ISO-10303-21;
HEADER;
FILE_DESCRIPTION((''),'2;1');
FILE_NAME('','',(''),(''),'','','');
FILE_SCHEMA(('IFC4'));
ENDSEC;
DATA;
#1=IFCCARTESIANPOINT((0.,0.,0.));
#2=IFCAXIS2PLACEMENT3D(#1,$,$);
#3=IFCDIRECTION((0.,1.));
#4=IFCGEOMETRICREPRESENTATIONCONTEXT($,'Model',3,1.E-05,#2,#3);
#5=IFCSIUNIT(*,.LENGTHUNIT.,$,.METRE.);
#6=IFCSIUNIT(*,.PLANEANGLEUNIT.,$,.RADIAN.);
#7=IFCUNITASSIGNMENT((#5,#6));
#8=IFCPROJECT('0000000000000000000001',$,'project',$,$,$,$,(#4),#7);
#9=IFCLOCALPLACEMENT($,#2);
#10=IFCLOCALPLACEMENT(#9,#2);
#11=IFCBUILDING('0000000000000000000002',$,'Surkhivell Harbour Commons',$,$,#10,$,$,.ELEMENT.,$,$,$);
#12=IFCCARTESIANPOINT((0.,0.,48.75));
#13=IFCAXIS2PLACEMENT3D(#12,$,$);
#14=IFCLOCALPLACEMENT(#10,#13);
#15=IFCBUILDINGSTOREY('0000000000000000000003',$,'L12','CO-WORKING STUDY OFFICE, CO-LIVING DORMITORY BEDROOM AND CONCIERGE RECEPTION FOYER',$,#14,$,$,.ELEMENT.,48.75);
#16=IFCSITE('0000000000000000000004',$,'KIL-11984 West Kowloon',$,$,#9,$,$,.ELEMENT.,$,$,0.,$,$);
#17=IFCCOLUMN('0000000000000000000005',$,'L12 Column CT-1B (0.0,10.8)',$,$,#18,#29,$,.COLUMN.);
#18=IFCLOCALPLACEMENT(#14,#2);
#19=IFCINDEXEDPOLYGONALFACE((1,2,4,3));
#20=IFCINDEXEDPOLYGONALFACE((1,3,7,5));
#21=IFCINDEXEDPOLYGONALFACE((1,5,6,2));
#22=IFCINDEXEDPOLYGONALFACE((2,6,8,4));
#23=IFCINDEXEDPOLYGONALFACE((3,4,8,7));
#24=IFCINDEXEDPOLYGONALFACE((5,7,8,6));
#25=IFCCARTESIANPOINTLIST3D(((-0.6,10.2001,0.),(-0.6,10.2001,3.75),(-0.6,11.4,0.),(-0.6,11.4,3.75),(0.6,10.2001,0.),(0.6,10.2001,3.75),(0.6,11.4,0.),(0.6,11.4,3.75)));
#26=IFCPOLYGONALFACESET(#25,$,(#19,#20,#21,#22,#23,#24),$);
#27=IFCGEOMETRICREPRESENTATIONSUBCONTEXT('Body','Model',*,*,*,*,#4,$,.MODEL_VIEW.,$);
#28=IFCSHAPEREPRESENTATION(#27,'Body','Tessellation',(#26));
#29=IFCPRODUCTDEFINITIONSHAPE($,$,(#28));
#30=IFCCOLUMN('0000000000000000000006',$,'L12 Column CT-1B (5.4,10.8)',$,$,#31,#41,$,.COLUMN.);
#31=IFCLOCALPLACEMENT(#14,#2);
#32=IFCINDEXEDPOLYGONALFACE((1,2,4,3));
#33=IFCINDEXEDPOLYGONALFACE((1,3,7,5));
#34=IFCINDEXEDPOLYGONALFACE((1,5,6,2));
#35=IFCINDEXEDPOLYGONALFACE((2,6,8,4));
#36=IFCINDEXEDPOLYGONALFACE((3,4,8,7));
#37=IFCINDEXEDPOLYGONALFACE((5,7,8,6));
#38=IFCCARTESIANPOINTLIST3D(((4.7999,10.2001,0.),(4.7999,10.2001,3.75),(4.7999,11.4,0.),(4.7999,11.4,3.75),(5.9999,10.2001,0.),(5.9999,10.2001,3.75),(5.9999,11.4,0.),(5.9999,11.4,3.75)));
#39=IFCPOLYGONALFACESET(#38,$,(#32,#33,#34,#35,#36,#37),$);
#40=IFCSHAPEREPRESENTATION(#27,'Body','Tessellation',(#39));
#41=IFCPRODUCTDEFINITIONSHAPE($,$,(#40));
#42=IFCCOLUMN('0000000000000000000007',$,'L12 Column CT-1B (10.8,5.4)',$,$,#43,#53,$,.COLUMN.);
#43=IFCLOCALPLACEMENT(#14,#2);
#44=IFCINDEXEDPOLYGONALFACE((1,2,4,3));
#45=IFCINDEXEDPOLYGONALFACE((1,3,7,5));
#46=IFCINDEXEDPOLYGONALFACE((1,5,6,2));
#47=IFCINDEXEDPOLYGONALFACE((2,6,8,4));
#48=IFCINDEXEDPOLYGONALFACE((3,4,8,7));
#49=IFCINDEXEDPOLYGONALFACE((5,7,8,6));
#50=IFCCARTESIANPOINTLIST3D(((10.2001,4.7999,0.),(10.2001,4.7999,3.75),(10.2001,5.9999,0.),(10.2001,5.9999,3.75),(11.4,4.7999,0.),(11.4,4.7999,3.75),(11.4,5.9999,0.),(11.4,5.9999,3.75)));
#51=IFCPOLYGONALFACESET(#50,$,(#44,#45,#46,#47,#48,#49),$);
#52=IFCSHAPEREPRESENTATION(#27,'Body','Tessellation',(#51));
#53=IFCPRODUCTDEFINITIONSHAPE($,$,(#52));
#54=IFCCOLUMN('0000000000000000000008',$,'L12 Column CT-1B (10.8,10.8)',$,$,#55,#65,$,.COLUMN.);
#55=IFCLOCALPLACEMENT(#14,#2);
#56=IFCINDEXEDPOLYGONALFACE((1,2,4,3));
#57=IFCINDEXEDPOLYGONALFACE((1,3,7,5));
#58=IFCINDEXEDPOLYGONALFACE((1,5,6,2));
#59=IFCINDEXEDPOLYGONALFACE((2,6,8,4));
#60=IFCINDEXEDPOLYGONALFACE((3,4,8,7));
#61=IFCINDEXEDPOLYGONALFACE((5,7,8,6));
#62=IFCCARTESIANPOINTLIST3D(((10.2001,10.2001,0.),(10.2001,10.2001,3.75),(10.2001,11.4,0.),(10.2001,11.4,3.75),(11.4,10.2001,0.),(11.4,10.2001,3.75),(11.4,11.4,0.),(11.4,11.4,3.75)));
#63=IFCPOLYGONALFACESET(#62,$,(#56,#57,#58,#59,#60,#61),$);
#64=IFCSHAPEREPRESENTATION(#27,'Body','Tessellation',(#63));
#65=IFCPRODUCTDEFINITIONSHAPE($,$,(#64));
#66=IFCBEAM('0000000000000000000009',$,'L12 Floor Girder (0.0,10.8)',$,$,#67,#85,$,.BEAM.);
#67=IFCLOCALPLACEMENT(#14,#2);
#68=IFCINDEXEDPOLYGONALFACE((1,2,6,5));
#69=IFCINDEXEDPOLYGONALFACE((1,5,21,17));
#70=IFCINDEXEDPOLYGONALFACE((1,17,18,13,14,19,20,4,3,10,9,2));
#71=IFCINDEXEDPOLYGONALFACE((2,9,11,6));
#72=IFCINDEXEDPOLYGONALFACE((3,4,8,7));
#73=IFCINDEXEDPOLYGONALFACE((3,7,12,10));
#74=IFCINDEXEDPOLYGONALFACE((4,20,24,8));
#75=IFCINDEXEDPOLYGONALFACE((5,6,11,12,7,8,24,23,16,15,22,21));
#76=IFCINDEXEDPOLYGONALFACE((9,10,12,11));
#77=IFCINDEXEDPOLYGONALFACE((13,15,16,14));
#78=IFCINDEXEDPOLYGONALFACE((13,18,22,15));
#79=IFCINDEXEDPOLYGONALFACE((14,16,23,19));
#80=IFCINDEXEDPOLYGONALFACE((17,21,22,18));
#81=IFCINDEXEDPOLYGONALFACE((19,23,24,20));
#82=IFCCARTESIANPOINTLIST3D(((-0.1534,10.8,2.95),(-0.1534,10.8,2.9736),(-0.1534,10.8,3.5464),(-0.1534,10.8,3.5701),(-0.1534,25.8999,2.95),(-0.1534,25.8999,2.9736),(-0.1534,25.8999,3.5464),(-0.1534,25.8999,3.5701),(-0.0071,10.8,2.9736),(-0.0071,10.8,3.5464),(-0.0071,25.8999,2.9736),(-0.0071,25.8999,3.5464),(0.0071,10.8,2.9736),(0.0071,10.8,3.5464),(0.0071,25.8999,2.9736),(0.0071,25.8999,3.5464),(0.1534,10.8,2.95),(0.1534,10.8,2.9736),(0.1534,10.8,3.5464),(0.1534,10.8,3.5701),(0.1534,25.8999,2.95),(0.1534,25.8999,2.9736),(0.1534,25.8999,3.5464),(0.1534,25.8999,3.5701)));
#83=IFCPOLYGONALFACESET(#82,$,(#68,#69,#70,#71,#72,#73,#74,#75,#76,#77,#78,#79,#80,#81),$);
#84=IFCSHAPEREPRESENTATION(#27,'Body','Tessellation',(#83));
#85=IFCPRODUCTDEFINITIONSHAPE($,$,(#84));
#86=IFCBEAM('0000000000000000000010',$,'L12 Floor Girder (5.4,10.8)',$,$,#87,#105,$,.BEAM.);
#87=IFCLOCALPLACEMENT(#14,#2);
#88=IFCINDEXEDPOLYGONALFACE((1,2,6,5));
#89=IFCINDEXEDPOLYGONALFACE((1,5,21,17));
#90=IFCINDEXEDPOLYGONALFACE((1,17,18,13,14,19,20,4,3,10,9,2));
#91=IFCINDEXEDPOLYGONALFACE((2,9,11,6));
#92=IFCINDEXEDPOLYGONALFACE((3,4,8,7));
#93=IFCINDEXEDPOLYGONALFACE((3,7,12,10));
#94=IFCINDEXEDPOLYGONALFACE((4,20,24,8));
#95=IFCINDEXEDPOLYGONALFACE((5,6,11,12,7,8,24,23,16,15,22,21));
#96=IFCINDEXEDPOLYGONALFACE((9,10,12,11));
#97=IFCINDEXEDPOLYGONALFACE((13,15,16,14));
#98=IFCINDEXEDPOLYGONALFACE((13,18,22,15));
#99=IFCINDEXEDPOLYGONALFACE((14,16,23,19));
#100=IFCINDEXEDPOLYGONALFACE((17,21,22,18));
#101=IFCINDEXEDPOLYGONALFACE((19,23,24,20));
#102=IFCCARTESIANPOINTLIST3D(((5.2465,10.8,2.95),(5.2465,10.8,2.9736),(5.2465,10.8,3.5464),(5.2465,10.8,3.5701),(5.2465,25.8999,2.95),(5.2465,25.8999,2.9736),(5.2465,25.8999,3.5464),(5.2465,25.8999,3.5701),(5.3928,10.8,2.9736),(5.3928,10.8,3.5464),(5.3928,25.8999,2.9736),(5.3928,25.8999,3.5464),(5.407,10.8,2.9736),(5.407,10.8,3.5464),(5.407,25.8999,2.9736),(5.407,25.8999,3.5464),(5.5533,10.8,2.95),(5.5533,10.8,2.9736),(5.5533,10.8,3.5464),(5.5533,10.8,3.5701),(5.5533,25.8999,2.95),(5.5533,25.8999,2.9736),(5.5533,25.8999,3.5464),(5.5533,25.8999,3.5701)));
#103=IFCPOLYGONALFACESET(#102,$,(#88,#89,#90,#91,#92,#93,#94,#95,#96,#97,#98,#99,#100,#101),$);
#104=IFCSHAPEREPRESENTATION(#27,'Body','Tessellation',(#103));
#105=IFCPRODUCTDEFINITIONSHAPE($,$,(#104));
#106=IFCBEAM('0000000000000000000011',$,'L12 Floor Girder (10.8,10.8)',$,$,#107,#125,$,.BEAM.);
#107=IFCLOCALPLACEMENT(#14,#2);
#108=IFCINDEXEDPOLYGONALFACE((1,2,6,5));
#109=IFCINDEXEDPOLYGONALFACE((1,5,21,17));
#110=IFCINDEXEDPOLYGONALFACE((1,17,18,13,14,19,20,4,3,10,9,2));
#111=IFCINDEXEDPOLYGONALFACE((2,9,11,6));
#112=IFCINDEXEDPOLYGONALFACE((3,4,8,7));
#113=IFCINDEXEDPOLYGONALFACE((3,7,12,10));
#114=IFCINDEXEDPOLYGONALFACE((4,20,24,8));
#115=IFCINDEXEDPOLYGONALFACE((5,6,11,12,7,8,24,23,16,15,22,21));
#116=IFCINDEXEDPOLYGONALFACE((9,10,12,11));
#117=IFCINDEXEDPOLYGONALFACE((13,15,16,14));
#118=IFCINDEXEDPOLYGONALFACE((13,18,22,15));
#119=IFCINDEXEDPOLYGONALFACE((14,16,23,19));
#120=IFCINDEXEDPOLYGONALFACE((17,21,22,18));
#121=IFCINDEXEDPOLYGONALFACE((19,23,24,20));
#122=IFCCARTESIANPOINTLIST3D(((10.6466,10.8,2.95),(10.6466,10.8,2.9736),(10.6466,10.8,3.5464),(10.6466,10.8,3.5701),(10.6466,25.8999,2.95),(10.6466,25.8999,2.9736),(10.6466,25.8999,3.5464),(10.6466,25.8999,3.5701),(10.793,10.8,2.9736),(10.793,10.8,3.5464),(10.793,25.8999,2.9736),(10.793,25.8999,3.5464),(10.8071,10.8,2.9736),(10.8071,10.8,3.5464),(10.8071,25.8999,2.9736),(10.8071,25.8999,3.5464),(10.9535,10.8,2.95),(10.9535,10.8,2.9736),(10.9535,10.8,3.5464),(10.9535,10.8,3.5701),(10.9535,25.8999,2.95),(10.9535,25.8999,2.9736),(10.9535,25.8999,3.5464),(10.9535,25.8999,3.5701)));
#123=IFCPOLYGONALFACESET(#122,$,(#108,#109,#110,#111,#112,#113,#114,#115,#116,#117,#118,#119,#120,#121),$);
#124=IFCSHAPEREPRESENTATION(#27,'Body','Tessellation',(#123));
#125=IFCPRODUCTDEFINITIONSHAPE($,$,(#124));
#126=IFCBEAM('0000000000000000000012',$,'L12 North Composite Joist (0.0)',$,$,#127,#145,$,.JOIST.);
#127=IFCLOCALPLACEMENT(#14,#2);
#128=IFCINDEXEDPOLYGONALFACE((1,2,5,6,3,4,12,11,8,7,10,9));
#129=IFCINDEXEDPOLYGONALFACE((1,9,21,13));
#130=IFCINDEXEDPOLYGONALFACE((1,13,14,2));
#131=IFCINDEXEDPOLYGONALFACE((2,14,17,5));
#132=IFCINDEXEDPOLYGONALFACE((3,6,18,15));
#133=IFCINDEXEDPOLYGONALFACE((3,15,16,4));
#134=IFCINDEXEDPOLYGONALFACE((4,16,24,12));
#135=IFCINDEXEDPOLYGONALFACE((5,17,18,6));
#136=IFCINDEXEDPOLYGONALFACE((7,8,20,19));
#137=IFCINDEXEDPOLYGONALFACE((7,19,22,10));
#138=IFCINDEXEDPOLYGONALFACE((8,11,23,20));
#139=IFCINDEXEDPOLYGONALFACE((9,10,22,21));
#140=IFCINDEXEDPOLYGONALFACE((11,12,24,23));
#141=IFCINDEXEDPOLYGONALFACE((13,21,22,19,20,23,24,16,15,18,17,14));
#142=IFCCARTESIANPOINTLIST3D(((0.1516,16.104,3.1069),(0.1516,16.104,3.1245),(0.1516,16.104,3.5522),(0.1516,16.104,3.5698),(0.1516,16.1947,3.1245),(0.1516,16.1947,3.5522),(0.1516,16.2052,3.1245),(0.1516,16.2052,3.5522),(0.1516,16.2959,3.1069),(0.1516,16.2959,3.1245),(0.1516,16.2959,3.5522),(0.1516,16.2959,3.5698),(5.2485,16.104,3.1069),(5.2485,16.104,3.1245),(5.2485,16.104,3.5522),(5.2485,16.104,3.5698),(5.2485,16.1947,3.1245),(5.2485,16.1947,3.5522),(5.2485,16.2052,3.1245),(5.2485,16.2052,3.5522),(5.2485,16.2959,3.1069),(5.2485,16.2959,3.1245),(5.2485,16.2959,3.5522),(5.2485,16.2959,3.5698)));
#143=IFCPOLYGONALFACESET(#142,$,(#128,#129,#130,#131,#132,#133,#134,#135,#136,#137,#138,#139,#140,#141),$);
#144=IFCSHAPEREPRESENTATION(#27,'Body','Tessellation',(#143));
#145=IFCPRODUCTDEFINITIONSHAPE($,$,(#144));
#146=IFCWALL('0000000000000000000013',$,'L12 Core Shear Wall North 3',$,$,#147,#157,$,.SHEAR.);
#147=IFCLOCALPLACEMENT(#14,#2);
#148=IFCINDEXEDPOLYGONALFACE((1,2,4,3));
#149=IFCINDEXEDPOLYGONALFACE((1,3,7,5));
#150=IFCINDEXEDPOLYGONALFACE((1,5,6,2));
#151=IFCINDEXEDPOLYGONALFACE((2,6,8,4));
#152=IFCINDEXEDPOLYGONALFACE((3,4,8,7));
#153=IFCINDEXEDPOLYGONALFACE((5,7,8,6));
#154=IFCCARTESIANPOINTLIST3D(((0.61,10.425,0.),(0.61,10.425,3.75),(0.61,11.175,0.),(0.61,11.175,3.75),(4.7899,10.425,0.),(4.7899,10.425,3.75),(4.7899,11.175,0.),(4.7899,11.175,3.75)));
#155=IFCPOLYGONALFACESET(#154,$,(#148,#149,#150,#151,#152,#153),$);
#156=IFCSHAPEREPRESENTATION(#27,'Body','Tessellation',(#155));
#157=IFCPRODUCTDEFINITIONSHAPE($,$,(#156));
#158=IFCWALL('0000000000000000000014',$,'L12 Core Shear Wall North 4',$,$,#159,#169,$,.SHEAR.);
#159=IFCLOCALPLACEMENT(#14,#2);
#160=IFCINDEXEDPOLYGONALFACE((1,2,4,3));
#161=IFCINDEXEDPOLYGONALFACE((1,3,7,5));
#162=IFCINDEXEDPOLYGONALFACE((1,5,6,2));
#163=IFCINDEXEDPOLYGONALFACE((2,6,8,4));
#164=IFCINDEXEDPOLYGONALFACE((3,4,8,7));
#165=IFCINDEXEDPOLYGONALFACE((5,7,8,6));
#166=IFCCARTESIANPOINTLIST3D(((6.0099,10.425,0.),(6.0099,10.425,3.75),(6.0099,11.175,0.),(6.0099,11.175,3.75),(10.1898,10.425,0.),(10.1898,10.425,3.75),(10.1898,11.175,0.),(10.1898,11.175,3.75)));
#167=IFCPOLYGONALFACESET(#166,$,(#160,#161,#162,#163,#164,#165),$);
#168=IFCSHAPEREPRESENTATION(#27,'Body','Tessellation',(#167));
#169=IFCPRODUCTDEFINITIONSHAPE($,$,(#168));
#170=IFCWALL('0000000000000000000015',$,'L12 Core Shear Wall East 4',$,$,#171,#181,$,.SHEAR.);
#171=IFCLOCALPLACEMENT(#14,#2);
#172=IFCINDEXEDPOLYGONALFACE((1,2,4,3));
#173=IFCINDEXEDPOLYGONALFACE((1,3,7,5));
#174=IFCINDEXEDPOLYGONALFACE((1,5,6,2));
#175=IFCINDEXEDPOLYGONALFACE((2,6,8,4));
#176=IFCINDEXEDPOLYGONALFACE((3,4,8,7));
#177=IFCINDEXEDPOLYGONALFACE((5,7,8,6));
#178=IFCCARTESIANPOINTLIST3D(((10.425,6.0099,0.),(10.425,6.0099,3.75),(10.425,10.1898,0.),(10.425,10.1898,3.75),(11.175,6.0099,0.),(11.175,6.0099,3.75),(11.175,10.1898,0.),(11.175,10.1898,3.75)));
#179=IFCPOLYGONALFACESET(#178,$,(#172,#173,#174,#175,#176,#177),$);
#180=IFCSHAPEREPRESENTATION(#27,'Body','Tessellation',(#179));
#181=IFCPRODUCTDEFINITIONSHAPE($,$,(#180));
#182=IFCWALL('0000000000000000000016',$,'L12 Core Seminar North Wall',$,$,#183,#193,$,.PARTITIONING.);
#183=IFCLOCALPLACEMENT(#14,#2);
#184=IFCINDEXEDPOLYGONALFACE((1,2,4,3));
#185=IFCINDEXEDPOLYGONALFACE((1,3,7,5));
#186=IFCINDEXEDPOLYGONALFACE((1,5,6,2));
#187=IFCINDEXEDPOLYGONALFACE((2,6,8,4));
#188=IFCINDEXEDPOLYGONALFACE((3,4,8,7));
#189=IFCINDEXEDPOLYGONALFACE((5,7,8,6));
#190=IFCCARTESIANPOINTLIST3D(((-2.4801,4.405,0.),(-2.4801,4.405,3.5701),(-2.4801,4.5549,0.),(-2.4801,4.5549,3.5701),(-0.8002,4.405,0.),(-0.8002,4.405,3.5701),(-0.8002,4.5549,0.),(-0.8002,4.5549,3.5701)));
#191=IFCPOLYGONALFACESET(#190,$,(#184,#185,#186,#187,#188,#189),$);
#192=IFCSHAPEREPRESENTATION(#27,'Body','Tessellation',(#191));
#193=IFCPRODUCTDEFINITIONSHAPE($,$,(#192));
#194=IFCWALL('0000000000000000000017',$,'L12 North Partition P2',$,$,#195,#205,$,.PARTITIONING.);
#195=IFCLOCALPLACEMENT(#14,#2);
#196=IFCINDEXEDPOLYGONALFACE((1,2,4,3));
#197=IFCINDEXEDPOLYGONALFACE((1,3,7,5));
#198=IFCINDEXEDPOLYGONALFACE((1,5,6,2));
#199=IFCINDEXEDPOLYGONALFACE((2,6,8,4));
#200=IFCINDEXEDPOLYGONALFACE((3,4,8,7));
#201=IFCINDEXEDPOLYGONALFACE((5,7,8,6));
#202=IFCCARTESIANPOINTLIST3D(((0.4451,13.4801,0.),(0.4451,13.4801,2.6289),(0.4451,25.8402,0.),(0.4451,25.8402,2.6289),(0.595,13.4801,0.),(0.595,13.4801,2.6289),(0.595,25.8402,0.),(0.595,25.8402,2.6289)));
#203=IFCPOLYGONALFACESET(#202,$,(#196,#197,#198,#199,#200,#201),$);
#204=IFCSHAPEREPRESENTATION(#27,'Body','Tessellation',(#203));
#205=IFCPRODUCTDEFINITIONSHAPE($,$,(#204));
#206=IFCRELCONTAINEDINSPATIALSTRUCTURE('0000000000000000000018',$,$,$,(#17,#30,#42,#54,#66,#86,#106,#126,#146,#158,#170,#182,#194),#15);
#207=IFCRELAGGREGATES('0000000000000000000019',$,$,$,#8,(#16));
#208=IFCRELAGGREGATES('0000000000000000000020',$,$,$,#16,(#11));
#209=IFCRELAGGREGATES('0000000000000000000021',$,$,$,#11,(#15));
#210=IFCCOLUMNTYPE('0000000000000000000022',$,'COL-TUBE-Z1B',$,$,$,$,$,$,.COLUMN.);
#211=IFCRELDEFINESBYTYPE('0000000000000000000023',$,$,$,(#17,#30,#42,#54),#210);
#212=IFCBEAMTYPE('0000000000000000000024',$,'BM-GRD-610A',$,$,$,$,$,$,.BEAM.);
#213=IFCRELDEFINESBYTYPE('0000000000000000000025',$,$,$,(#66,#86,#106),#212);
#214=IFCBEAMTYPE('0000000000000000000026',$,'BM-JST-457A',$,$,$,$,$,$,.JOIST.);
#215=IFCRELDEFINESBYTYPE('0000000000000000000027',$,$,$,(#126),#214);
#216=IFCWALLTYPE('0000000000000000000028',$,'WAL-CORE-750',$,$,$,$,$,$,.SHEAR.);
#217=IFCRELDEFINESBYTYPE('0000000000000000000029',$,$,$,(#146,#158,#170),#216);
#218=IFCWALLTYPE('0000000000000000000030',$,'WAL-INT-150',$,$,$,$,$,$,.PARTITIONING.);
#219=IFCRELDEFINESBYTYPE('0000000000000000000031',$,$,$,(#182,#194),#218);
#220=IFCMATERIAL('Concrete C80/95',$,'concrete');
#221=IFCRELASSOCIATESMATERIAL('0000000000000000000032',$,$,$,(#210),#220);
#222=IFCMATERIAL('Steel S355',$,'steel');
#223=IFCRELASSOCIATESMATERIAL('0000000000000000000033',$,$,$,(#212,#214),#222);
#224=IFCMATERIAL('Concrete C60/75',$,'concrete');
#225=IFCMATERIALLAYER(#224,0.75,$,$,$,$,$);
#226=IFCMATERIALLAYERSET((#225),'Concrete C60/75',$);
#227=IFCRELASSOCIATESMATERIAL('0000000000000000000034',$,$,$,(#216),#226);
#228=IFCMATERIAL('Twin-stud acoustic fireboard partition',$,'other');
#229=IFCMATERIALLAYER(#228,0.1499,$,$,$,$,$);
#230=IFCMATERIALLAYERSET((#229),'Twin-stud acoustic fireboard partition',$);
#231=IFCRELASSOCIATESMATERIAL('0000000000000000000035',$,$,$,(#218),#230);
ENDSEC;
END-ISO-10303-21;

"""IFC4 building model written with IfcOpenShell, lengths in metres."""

from ifc_helpers import new_model, si_unit, direction, frame, frame_2d, origin, origin_2d, place, context, subcontext, project, spatial, rectangle, i_section, extrude, material, layer, layer_set, material_profile, profile_set, type_object, element, save


model = new_model("IFC4")

# Units and contexts
model_context = context("Model", 3, precision=1e-05, world=origin(), true_north=direction((0.0, 1.0)))
body_context = subcontext(model_context, "Body", "Model", "MODEL_VIEW")
ifc_project = project(units=[si_unit("LENGTHUNIT", "METRE"), si_unit("PLANEANGLEUNIT", "RADIAN")], contexts=[model_context])

# Site, building, storey
site_placement = place(None, origin())
site = spatial("IfcSite", under=ifc_project, at=site_placement, Name="KIL-11984 West Kowloon", CompositionType="ELEMENT", RefElevation=0.0)
building_placement = place(site_placement, origin())
building = spatial("IfcBuilding", under=site, at=building_placement, Name="Surkhivell Harbour Commons", CompositionType="ELEMENT")
storey_placement = place(building_placement, frame((0.0, 0.0, 48.75)))
storey = spatial("IfcBuildingStorey", under=building, at=storey_placement, Name="L12", Description="CO-WORKING STUDY OFFICE, CO-LIVING DORMITORY BEDROOM AND CONCIERGE RECEPTION FOYER", CompositionType="ELEMENT", Elevation=48.75)

# Columns
ifc_material_1 = material(Name="Concrete C80/95", Category="concrete")
ifc_material_profile_1 = material_profile(ifc_material_1, rectangle(XDim=1.2, YDim=1.2, at=origin_2d()), Name="RC-COL-1200x1200")
ifc_profile_set_1 = profile_set([ifc_material_profile_1], Name="Concrete C80/95")
column_type = type_object("IfcColumnType", Name="COL-TUBE-Z1B", PredefinedType="COLUMN", material=ifc_profile_set_1)
for number, where, z_axis, x_axis, name in (
    (1, (0.0, 10.8, 0.0), (0.0, 0.0, 1.0), (1.0, 0.0, 0.0), "L12 Column CT-1B (0.0,10.8)"),
    (2, (5.3999, 10.8, 0.0), (0.0, 0.0, 1.0), (1.0, 0.0, 0.0), "L12 Column CT-1B (5.4,10.8)"),
    (3, (10.8, 5.3999, 0.0), (0.0, 0.0, 1.0), (1.0, 0.0, 0.0), "L12 Column CT-1B (10.8,5.4)"),
    (4, (10.8, 10.8, 0.0), (0.0, 0.0, 1.0), (1.0, 0.0, 0.0), "L12 Column CT-1B (10.8,10.8)"),
):
    element("IfcColumn", number, at=place(storey_placement, frame(where, z_axis=z_axis, x_axis=x_axis)), inside=storey, type_object=column_type, Name=name, PredefinedType="COLUMN", context=body_context, shape_type="SweptSolid", body=[
        extrude(rectangle(XDim=1.2, YDim=1.2, at=origin_2d()), origin(), (0.0, 0.0, 1.0), 3.75),
    ])

# Beams
ifc_material_2 = material(Name="Steel S355", Category="steel")
ifc_material_profile_2 = material_profile(ifc_material_2, i_section(OverallWidth=0.3069, OverallDepth=0.6201, WebThickness=0.0142, FlangeThickness=0.0237, at=origin_2d()), Name="UB610x305x179")
ifc_profile_set_2 = profile_set([ifc_material_profile_2], Name="Steel S355")
beam_type_1 = type_object("IfcBeamType", Name="BM-GRD-610A", PredefinedType="BEAM", material=ifc_profile_set_2)
for number, where, z_axis, x_axis, name in (
    (5, (0.0, 10.8, 3.26), (0.0, 1.0, 0.0), (-1.0, 0.0, 0.0), "L12 Floor Girder (0.0,10.8)"),
    (6, (5.3999, 10.8, 3.26), (0.0, 1.0, 0.0), (-1.0, 0.0, 0.0), "L12 Floor Girder (5.4,10.8)"),
    (7, (10.8, 10.8, 3.26), (0.0, 1.0, 0.0), (-1.0, 0.0, 0.0), "L12 Floor Girder (10.8,10.8)"),
):
    element("IfcBeam", number, at=place(storey_placement, frame(where, z_axis=z_axis, x_axis=x_axis)), inside=storey, type_object=beam_type_1, Name=name, PredefinedType="BEAM", context=body_context, shape_type="SweptSolid", body=[
        extrude(i_section(OverallWidth=0.3069, OverallDepth=0.6201, WebThickness=0.0142, FlangeThickness=0.0237, at=origin_2d()), origin(), (0.0, 0.0, 1.0), 15.0999),
    ])
ifc_material_profile_3 = material_profile(ifc_material_2, i_section(OverallWidth=0.1919, OverallDepth=0.4629, WebThickness=0.0105, FlangeThickness=0.0176, at=origin_2d()), Name="UB457x191x89")
ifc_profile_set_3 = profile_set([ifc_material_profile_3], Name="Steel S355")
beam_type_2 = type_object("IfcBeamType", Name="BM-JST-457A", PredefinedType="JOIST", material=ifc_profile_set_3)
beam_placement = place(storey_placement, frame((0.1516, 16.2, 3.3384), z_axis=(1.0, 0.0, 0.0), x_axis=(0.0, 1.0, 0.0)))
element("IfcBeam", 8, at=beam_placement, inside=storey, type_object=beam_type_2, Name="L12 North Composite Joist (0.0)", PredefinedType="JOIST", context=body_context, shape_type="SweptSolid", body=[
    extrude(i_section(OverallWidth=0.1919, OverallDepth=0.4629, WebThickness=0.0105, FlangeThickness=0.0176, at=origin_2d()), origin(), (0.0, 0.0, 1.0), 5.0969),
])

# Walls
ifc_material_3 = material(Name="Concrete C60/75", Category="concrete")
ifc_layer_1 = layer(ifc_material_3, 0.75)
ifc_layer_set_1 = layer_set([ifc_layer_1], Name="Concrete C60/75")
wall_type_1 = type_object("IfcWallType", Name="WAL-CORE-750", PredefinedType="SHEAR", material=ifc_layer_set_1)
for number, where, z_axis, x_axis, name in (
    (9, (0.6101, 10.8, 0.0), (0.0, 0.0, 1.0), (1.0, 0.0, 0.0), "L12 Core Shear Wall North 3"),
    (10, (6.01, 10.8, 0.0), (0.0, 0.0, 1.0), (1.0, 0.0, 0.0), "L12 Core Shear Wall North 4"),
    (11, (10.8, 6.01, 0.0), (0.0, 0.0, 1.0), (0.0, 1.0, 0.0), "L12 Core Shear Wall East 4"),
):
    element("IfcWall", number, at=place(storey_placement, frame(where, z_axis=z_axis, x_axis=x_axis)), inside=storey, type_object=wall_type_1, Name=name, PredefinedType="SHEAR", context=body_context, shape_type="SweptSolid", body=[
        extrude(rectangle(XDim=4.1799, YDim=0.75, at=frame_2d((2.0898, 0.0))), origin(), (0.0, 0.0, 1.0), 3.75),
    ])
ifc_material_4 = material(Name="Twin-stud acoustic fireboard partition", Category="other")
ifc_layer_2 = layer(ifc_material_4, 0.1499)
ifc_layer_set_2 = layer_set([ifc_layer_2], Name="Twin-stud acoustic fireboard partition")
wall_type_2 = type_object("IfcWallType", Name="WAL-INT-150", PredefinedType="PARTITIONING", material=ifc_layer_set_2)
wall_1_placement = place(storey_placement, frame((-2.48, 4.48, 0.0), z_axis=(0.0, 0.0, 1.0), x_axis=(1.0, 0.0, 0.0)))
element("IfcWall", 12, at=wall_1_placement, inside=storey, type_object=wall_type_2, Name="L12 Core Seminar North Wall", PredefinedType="PARTITIONING", context=body_context, shape_type="SweptSolid", body=[
    extrude(rectangle(XDim=1.6799, YDim=0.1499, at=frame_2d((0.8398, 0.0))), origin(), (0.0, 0.0, 1.0), 3.5701),
])
wall_2_placement = place(storey_placement, frame((0.52, 13.48, 0.0), z_axis=(0.0, 0.0, 1.0), x_axis=(0.0, 1.0, 0.0)))
element("IfcWall", 13, at=wall_2_placement, inside=storey, type_object=wall_type_2, Name="L12 North Partition P2", PredefinedType="PARTITIONING", context=body_context, shape_type="SweptSolid", body=[
    extrude(rectangle(XDim=12.3601, YDim=0.1499, at=frame_2d((6.1802, 0.0))), origin(), (0.0, 0.0, 1.0), 2.6289),
])

save(model, "model.ifc")
